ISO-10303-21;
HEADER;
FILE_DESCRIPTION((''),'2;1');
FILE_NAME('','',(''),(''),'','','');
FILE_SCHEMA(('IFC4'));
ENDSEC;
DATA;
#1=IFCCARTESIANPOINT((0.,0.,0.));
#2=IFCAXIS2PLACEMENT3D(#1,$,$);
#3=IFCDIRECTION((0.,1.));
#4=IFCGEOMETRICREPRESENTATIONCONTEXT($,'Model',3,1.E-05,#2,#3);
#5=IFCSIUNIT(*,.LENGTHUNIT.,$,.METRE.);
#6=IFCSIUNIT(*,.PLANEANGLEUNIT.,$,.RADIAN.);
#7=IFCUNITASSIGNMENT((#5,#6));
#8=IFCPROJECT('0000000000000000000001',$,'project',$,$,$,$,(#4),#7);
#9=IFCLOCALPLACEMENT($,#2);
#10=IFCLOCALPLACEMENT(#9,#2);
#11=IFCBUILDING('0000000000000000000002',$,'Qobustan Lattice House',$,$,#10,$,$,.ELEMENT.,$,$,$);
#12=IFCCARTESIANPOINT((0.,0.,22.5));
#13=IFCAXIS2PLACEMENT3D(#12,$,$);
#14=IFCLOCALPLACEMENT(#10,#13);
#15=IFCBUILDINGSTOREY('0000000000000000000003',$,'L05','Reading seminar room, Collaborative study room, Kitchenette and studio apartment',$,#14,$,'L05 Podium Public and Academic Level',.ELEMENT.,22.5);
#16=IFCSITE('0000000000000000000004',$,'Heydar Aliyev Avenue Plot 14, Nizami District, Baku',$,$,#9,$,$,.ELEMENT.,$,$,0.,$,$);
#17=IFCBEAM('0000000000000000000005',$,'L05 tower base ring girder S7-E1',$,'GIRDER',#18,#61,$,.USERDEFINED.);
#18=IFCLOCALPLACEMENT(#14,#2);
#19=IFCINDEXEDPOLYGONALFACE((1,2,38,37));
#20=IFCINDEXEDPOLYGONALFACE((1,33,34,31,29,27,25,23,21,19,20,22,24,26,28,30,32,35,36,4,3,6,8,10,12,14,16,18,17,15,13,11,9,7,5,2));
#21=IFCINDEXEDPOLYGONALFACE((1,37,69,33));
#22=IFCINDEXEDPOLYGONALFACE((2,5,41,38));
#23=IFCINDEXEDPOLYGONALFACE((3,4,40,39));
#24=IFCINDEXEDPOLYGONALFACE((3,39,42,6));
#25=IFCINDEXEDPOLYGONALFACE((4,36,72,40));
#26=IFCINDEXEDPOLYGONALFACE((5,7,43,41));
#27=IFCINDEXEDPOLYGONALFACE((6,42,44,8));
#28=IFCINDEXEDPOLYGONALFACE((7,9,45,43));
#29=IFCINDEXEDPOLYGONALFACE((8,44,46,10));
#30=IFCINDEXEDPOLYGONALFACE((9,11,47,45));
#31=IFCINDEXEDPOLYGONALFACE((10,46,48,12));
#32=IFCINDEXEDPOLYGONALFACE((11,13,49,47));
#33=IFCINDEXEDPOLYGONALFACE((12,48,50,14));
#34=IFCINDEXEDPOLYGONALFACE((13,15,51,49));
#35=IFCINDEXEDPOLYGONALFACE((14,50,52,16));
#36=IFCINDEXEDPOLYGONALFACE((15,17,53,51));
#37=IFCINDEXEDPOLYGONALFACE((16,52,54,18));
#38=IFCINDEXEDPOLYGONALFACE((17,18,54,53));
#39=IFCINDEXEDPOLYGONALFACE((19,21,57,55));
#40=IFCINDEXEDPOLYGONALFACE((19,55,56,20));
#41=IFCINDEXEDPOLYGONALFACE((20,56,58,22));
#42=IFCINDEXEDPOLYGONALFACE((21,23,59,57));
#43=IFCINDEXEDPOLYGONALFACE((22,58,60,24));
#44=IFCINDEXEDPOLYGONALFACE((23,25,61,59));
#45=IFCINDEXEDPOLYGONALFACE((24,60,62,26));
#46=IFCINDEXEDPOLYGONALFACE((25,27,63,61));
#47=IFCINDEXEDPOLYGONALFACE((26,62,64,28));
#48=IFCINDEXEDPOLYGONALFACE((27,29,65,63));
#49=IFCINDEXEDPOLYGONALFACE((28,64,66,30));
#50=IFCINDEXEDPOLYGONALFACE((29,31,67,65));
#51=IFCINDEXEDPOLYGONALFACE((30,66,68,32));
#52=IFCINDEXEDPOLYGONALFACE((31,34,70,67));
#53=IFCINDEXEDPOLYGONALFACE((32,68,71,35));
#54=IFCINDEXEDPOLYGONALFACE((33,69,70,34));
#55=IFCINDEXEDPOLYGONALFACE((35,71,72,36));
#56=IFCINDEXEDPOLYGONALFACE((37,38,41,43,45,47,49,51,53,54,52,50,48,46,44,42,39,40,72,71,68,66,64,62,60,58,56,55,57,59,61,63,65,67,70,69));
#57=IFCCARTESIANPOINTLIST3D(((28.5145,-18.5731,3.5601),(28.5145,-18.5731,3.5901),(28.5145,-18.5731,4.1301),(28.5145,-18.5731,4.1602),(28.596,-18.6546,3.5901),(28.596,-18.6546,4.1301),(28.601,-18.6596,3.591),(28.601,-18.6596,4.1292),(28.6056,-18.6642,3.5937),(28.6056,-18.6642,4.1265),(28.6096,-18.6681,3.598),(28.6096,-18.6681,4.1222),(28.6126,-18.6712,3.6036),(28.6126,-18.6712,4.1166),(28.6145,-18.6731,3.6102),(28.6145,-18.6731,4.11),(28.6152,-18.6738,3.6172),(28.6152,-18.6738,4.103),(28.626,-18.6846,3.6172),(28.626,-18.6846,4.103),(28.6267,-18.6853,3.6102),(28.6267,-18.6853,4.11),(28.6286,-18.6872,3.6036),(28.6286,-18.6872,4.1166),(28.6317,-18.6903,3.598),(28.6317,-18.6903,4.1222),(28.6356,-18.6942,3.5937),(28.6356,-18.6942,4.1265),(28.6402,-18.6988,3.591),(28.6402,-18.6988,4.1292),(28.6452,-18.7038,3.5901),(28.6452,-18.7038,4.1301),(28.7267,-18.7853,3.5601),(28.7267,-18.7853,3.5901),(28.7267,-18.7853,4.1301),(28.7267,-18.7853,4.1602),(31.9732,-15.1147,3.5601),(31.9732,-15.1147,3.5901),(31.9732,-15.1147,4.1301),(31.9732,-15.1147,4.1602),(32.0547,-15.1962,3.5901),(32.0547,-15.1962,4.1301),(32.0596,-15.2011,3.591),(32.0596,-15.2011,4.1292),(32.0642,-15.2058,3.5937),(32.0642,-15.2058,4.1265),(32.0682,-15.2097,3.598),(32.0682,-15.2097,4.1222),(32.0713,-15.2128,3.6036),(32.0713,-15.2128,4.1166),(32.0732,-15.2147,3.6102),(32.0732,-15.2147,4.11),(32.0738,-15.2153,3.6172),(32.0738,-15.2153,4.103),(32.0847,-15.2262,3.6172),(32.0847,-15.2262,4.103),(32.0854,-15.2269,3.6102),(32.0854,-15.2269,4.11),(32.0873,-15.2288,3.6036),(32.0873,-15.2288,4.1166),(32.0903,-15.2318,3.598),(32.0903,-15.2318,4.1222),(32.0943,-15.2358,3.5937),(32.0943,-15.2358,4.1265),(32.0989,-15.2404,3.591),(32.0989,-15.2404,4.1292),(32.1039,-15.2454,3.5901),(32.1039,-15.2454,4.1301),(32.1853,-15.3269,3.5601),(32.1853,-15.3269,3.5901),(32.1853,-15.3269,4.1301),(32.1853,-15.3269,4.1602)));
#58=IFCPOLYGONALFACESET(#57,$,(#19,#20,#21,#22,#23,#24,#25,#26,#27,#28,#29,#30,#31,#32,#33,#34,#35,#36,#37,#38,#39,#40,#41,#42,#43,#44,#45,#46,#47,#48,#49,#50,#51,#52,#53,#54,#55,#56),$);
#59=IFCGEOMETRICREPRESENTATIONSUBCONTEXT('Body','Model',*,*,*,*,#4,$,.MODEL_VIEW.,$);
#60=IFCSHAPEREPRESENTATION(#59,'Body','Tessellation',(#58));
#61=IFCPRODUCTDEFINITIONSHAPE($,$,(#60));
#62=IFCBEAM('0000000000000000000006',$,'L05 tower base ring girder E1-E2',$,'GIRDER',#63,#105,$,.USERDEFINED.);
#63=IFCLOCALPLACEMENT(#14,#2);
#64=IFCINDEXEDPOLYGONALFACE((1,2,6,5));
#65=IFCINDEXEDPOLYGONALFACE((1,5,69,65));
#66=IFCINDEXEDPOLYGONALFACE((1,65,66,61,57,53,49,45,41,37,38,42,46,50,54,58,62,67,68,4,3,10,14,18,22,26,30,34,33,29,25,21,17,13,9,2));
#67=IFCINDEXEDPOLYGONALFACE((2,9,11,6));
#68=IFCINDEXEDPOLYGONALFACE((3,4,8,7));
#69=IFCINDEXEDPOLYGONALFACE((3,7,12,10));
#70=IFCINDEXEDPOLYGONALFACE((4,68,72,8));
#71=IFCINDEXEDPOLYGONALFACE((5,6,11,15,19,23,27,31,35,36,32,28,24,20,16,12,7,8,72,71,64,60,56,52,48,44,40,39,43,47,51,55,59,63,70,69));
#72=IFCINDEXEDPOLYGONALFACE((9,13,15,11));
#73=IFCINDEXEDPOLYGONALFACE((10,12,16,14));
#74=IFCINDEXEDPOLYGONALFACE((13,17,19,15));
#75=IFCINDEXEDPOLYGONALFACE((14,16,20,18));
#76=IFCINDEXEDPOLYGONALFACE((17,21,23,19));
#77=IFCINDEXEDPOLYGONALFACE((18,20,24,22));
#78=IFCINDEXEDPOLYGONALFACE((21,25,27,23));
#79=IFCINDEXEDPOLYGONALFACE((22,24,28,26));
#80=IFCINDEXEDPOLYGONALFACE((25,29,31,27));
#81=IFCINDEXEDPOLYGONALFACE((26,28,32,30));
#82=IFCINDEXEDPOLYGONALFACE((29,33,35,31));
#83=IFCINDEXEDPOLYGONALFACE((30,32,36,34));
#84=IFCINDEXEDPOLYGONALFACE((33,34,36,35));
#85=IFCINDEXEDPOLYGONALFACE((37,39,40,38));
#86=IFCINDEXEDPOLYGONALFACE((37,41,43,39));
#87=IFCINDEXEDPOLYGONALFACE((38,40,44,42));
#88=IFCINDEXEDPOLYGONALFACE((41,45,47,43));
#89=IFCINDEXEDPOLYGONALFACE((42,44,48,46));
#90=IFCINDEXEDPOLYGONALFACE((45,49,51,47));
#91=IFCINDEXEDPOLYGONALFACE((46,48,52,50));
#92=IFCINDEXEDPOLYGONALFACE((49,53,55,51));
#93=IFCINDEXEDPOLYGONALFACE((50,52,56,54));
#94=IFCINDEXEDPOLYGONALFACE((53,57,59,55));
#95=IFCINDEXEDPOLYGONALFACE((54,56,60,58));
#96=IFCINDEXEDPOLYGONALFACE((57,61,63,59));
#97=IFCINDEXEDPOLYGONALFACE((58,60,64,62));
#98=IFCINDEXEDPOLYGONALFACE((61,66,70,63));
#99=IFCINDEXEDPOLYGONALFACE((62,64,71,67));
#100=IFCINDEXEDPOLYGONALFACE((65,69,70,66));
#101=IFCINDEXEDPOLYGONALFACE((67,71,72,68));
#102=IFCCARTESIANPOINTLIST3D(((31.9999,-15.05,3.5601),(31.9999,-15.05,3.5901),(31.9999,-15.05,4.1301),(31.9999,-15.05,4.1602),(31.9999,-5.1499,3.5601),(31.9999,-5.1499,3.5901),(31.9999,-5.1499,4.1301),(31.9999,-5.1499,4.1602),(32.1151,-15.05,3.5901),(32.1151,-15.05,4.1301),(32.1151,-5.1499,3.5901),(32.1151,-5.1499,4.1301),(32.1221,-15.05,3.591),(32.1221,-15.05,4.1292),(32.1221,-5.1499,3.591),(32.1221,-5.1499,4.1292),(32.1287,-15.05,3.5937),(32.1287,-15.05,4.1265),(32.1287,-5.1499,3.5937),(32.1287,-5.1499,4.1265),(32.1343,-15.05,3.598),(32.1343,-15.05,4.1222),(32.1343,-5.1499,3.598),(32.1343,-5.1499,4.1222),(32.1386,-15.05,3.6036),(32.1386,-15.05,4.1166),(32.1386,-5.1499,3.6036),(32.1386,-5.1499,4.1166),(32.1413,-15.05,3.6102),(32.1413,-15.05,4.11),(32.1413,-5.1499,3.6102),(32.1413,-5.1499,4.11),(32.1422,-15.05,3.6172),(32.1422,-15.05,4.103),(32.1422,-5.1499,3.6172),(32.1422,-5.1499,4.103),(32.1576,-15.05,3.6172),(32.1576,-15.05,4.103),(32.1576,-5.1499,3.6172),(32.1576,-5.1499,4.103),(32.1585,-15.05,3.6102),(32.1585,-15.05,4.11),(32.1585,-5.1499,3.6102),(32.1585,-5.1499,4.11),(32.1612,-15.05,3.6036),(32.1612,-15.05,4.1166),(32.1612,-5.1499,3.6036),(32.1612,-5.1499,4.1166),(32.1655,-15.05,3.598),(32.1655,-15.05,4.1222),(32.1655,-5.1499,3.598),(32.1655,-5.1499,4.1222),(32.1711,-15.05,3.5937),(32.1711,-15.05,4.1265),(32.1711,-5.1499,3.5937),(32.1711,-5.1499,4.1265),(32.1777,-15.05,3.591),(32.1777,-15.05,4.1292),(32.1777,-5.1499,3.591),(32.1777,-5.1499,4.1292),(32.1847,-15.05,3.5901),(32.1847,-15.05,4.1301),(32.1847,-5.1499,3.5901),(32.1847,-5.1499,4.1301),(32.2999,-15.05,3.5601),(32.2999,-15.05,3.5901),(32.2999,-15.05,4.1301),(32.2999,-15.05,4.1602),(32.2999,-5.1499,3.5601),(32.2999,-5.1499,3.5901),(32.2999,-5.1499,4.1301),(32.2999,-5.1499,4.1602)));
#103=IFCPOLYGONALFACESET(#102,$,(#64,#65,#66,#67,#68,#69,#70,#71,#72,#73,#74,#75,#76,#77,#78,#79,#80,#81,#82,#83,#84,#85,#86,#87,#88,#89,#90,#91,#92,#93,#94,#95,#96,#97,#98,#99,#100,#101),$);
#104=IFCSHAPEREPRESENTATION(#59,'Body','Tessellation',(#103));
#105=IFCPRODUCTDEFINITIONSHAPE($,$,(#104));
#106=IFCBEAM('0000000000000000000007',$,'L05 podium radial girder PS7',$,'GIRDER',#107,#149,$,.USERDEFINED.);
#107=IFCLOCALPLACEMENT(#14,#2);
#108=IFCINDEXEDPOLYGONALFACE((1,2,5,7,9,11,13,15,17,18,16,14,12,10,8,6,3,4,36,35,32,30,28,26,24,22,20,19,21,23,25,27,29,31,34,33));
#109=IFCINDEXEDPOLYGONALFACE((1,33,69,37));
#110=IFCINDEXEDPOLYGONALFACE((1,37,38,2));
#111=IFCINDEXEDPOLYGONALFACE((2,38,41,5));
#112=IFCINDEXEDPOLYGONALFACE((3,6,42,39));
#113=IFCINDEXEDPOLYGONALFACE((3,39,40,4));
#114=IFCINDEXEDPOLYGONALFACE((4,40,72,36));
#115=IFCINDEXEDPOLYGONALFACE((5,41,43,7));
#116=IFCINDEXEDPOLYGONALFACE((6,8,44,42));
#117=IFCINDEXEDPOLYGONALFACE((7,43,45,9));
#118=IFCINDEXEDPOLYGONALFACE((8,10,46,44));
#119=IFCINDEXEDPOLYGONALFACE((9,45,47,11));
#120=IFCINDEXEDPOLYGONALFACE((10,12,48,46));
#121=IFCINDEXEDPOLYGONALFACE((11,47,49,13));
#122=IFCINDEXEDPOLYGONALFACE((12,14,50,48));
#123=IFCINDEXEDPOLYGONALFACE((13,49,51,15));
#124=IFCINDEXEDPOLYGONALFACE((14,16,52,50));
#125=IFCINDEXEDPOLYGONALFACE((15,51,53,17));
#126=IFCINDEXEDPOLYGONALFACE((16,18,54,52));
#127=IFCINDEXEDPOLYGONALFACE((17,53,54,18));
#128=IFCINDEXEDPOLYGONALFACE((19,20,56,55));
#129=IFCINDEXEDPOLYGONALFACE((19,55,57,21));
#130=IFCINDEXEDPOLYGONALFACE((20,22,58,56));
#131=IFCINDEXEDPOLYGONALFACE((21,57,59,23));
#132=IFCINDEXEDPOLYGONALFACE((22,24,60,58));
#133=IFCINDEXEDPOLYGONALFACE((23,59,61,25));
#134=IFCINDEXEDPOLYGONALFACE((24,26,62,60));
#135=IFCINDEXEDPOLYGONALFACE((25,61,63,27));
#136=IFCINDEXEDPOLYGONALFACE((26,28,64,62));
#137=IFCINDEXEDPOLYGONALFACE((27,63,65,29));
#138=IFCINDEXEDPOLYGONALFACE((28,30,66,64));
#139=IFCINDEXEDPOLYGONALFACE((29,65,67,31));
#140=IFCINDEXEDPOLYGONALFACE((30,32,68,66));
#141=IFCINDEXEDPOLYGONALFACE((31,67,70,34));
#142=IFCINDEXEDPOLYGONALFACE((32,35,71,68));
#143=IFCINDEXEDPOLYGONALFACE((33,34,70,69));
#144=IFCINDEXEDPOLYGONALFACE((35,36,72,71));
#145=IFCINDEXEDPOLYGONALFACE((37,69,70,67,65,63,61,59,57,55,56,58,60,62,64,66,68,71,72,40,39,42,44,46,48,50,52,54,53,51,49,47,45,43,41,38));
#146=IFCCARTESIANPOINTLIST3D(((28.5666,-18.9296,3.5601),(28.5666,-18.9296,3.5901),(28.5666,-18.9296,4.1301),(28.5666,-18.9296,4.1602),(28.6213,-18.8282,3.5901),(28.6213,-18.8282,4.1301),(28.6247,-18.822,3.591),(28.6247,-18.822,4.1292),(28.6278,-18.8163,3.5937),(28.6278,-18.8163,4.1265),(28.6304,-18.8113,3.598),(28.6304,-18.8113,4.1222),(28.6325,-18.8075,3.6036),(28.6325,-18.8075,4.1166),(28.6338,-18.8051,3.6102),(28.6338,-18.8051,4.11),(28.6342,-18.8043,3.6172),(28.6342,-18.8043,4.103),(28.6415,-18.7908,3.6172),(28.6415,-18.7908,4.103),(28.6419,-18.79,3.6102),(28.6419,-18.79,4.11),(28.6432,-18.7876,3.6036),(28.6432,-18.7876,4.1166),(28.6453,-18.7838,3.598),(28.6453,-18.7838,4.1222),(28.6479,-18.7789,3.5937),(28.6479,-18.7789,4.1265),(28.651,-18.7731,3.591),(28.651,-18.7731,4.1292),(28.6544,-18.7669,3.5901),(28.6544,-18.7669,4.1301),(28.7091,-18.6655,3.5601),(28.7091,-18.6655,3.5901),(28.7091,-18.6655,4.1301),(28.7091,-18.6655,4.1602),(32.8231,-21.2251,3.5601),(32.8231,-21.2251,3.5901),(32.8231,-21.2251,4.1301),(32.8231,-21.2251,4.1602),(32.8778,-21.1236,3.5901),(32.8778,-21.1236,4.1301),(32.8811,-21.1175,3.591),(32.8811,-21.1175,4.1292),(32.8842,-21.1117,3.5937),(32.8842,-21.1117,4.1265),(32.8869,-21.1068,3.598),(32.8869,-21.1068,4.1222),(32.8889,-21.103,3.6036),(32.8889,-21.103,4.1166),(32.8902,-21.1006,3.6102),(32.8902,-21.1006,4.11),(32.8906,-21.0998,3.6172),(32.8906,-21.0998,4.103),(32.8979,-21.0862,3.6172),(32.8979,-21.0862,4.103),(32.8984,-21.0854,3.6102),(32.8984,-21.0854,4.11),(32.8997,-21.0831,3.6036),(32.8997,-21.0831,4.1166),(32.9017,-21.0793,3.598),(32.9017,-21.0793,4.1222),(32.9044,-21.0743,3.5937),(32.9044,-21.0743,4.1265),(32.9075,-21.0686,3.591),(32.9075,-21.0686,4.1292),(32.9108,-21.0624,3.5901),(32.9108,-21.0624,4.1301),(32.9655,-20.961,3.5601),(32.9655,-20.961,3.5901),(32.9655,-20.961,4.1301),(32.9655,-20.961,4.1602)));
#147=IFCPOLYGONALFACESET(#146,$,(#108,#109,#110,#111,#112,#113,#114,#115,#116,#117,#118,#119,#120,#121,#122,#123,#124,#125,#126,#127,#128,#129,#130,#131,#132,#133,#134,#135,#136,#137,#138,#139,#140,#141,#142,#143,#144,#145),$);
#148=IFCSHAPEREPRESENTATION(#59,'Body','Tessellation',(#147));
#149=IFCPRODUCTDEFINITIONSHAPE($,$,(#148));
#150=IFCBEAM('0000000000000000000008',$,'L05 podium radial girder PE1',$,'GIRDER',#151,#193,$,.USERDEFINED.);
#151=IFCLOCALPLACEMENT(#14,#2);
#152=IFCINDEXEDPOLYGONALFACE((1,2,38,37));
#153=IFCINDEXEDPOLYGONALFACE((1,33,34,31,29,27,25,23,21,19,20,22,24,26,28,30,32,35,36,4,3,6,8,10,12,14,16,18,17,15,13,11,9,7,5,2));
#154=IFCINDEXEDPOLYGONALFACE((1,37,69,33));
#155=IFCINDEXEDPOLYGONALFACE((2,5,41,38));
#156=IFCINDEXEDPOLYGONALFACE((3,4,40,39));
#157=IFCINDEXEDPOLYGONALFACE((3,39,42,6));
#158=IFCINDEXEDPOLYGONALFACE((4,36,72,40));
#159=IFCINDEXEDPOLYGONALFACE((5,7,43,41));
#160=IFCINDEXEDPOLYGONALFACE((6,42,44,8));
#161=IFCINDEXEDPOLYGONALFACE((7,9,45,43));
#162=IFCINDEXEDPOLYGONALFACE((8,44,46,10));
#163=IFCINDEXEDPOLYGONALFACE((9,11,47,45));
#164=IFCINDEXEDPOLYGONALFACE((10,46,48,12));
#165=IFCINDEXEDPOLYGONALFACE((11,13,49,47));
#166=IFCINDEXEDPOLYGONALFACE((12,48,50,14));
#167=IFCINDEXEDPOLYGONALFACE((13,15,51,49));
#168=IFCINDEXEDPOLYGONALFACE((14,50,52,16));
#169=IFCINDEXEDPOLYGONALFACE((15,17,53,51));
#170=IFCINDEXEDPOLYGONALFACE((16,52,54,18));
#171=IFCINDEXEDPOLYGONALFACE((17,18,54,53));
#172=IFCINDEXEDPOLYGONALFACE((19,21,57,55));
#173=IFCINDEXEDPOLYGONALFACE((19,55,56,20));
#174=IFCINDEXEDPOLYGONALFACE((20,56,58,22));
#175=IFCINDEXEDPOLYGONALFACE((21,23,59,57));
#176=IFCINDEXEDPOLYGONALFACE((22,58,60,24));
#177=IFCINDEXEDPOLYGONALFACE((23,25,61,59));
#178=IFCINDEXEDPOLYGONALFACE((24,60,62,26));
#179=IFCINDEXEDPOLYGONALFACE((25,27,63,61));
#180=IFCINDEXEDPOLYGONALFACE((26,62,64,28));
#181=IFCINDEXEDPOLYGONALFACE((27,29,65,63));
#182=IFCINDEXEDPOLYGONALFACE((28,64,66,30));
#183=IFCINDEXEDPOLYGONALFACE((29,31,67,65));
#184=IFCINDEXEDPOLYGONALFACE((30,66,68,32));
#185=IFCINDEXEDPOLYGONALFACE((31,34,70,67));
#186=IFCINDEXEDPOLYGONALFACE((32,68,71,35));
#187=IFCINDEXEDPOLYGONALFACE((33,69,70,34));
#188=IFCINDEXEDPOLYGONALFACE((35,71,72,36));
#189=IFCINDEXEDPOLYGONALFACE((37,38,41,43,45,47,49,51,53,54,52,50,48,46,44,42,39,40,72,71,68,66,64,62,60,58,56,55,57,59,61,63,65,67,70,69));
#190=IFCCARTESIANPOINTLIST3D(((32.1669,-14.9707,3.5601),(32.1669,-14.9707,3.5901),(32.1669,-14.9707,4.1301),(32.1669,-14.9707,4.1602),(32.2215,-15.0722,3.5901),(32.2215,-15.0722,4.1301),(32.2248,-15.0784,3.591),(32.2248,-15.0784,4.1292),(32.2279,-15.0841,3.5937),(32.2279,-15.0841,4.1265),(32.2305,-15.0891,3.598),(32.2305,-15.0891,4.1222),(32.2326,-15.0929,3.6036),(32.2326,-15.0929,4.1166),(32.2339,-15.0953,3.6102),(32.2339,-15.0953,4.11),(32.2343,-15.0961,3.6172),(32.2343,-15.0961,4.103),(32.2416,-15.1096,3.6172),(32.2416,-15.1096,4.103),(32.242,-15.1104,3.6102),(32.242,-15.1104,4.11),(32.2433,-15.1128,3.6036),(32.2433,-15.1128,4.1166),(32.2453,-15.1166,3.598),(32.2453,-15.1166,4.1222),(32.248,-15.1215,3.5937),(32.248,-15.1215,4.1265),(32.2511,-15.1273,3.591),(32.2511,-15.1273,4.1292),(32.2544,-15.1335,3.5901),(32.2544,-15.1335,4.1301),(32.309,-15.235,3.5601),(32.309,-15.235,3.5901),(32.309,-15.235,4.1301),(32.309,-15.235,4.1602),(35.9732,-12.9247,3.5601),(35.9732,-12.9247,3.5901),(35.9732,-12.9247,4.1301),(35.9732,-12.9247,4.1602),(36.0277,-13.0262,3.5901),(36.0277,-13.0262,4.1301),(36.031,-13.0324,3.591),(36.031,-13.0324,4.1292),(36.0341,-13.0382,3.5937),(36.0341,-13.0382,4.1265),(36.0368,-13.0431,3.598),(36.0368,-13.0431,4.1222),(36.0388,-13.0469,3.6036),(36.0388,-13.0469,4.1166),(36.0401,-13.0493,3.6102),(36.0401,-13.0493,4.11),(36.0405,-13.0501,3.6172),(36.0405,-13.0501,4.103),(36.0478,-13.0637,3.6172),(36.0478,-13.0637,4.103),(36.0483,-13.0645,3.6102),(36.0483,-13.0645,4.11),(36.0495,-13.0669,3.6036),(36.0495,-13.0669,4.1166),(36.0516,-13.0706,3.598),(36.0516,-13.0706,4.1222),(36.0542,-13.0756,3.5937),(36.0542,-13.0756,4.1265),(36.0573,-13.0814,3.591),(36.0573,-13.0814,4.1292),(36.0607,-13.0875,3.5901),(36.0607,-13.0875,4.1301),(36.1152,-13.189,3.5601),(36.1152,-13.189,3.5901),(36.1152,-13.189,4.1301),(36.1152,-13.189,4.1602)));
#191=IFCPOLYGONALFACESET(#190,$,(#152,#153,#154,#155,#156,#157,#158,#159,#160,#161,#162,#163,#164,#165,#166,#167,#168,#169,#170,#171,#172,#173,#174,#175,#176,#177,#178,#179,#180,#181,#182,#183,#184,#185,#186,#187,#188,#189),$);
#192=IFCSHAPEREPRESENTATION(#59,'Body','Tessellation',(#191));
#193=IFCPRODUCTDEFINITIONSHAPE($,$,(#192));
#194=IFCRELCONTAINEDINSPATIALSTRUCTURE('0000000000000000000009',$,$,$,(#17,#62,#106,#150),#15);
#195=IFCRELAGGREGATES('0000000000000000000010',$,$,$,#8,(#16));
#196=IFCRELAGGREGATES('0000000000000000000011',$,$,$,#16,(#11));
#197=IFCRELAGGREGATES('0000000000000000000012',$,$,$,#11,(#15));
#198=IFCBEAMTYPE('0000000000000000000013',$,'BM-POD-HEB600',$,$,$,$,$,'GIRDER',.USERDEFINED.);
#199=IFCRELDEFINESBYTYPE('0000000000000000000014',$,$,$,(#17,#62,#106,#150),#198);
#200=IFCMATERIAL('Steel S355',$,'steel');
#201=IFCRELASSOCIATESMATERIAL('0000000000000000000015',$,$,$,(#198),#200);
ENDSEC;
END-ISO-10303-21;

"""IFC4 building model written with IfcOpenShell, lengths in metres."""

from ifc_helpers import new_model, si_unit, direction, frame, origin, origin_2d, place, context, subcontext, project, spatial, i_section, extrude, material, material_profile, profile_set, type_object, element, save


model = new_model("IFC4")

# Units and contexts
model_context = context("Model", 3, precision=1e-05, world=origin(), true_north=direction((0.0, 1.0)))
body_context = subcontext(model_context, "Body", "Model", "MODEL_VIEW")
ifc_project = project(units=[si_unit("LENGTHUNIT", "METRE"), si_unit("PLANEANGLEUNIT", "RADIAN")], contexts=[model_context])

# Site, building, storey
site_placement = place(None, origin())
site = spatial("IfcSite", under=ifc_project, at=site_placement, Name="Heydar Aliyev Avenue Plot 14, Nizami District, Baku", CompositionType="ELEMENT", RefElevation=0.0)
building_placement = place(site_placement, origin())
building = spatial("IfcBuilding", under=site, at=building_placement, Name="Qobustan Lattice House", CompositionType="ELEMENT")
storey_placement = place(building_placement, frame((0.0, 0.0, 22.5)))
storey = spatial("IfcBuildingStorey", under=building, at=storey_placement, Name="L05", Description="Reading seminar room, Collaborative study room, Kitchenette and studio apartment", LongName="L05 Podium Public and Academic Level", CompositionType="ELEMENT", Elevation=22.5)

# Beams
ifc_material_1 = material(Name="Steel S355", Category="steel")
ifc_material_profile_1 = material_profile(ifc_material_1, i_section(OverallWidth=0.3, OverallDepth=0.6001, WebThickness=0.0154, FlangeThickness=0.03, FilletRadius=0.0271, at=origin_2d()), Name="HEB600")
ifc_profile_set_1 = profile_set([ifc_material_profile_1], Name="Steel S355")
beam_type_1 = type_object("IfcBeamType", Name="BM-POD-HEB600", ElementType="GIRDER", PredefinedType="USERDEFINED", material=ifc_profile_set_1)
beam_1_placement = place(storey_placement, frame((28.6206, -18.6792, 3.8601), z_axis=(0.707132, 0.707082, 0.0), x_axis=(-0.707082, 0.707132, 0.0)))
element("IfcBeam", 1, at=beam_1_placement, inside=storey, type_object=beam_type_1, Name="L05 tower base ring girder S7-E1", ObjectType="GIRDER", PredefinedType="USERDEFINED", context=body_context, shape_type="SweptSolid", body=[
    extrude(i_section(OverallWidth=0.3, OverallDepth=0.6001, WebThickness=0.0154, FlangeThickness=0.03, FilletRadius=0.0271, at=origin_2d()), origin(), (0.0, 0.0, 1.0), 4.8911),
])
beam_2_placement = place(storey_placement, frame((32.1499, -15.05, 3.8601), z_axis=(0.0, 1.0, 0.0), x_axis=(-1.0, 0.0, 0.0)))
element("IfcBeam", 2, at=beam_2_placement, inside=storey, type_object=beam_type_1, Name="L05 tower base ring girder E1-E2", ObjectType="GIRDER", PredefinedType="USERDEFINED", context=body_context, shape_type="SweptSolid", body=[
    extrude(i_section(OverallWidth=0.3, OverallDepth=0.6001, WebThickness=0.0154, FlangeThickness=0.03, FilletRadius=0.0271, at=origin_2d()), origin(), (0.0, 0.0, 1.0), 9.9001),
])
beam_3_placement = place(storey_placement, frame((32.8943, -21.093, 3.8601), z_axis=(-0.880166, 0.474666, 0.0), x_axis=(-0.474666, -0.880166, 0.0)))
element("IfcBeam", 3, at=beam_3_placement, inside=storey, type_object=beam_type_1, Name="L05 podium radial girder PS7", ObjectType="GIRDER", PredefinedType="USERDEFINED", context=body_context, shape_type="SweptSolid", body=[
    extrude(i_section(OverallWidth=0.3, OverallDepth=0.6001, WebThickness=0.0154, FlangeThickness=0.03, FilletRadius=0.0271, at=origin_2d()), origin(), (0.0, 0.0, 1.0), 4.8359),
])
beam_4_placement = place(storey_placement, frame((36.0442, -13.0569, 3.8601), z_axis=(-0.880816, -0.47346, 0.0), x_axis=(0.47346, -0.880816, 0.0)))
element("IfcBeam", 4, at=beam_4_placement, inside=storey, type_object=beam_type_1, Name="L05 podium radial girder PE1", ObjectType="GIRDER", PredefinedType="USERDEFINED", context=body_context, shape_type="SweptSolid", body=[
    extrude(i_section(OverallWidth=0.3, OverallDepth=0.6001, WebThickness=0.0154, FlangeThickness=0.03, FilletRadius=0.0271, at=origin_2d()), origin(), (0.0, 0.0, 1.0), 4.3213),
])

save(model, "model.ifc")
